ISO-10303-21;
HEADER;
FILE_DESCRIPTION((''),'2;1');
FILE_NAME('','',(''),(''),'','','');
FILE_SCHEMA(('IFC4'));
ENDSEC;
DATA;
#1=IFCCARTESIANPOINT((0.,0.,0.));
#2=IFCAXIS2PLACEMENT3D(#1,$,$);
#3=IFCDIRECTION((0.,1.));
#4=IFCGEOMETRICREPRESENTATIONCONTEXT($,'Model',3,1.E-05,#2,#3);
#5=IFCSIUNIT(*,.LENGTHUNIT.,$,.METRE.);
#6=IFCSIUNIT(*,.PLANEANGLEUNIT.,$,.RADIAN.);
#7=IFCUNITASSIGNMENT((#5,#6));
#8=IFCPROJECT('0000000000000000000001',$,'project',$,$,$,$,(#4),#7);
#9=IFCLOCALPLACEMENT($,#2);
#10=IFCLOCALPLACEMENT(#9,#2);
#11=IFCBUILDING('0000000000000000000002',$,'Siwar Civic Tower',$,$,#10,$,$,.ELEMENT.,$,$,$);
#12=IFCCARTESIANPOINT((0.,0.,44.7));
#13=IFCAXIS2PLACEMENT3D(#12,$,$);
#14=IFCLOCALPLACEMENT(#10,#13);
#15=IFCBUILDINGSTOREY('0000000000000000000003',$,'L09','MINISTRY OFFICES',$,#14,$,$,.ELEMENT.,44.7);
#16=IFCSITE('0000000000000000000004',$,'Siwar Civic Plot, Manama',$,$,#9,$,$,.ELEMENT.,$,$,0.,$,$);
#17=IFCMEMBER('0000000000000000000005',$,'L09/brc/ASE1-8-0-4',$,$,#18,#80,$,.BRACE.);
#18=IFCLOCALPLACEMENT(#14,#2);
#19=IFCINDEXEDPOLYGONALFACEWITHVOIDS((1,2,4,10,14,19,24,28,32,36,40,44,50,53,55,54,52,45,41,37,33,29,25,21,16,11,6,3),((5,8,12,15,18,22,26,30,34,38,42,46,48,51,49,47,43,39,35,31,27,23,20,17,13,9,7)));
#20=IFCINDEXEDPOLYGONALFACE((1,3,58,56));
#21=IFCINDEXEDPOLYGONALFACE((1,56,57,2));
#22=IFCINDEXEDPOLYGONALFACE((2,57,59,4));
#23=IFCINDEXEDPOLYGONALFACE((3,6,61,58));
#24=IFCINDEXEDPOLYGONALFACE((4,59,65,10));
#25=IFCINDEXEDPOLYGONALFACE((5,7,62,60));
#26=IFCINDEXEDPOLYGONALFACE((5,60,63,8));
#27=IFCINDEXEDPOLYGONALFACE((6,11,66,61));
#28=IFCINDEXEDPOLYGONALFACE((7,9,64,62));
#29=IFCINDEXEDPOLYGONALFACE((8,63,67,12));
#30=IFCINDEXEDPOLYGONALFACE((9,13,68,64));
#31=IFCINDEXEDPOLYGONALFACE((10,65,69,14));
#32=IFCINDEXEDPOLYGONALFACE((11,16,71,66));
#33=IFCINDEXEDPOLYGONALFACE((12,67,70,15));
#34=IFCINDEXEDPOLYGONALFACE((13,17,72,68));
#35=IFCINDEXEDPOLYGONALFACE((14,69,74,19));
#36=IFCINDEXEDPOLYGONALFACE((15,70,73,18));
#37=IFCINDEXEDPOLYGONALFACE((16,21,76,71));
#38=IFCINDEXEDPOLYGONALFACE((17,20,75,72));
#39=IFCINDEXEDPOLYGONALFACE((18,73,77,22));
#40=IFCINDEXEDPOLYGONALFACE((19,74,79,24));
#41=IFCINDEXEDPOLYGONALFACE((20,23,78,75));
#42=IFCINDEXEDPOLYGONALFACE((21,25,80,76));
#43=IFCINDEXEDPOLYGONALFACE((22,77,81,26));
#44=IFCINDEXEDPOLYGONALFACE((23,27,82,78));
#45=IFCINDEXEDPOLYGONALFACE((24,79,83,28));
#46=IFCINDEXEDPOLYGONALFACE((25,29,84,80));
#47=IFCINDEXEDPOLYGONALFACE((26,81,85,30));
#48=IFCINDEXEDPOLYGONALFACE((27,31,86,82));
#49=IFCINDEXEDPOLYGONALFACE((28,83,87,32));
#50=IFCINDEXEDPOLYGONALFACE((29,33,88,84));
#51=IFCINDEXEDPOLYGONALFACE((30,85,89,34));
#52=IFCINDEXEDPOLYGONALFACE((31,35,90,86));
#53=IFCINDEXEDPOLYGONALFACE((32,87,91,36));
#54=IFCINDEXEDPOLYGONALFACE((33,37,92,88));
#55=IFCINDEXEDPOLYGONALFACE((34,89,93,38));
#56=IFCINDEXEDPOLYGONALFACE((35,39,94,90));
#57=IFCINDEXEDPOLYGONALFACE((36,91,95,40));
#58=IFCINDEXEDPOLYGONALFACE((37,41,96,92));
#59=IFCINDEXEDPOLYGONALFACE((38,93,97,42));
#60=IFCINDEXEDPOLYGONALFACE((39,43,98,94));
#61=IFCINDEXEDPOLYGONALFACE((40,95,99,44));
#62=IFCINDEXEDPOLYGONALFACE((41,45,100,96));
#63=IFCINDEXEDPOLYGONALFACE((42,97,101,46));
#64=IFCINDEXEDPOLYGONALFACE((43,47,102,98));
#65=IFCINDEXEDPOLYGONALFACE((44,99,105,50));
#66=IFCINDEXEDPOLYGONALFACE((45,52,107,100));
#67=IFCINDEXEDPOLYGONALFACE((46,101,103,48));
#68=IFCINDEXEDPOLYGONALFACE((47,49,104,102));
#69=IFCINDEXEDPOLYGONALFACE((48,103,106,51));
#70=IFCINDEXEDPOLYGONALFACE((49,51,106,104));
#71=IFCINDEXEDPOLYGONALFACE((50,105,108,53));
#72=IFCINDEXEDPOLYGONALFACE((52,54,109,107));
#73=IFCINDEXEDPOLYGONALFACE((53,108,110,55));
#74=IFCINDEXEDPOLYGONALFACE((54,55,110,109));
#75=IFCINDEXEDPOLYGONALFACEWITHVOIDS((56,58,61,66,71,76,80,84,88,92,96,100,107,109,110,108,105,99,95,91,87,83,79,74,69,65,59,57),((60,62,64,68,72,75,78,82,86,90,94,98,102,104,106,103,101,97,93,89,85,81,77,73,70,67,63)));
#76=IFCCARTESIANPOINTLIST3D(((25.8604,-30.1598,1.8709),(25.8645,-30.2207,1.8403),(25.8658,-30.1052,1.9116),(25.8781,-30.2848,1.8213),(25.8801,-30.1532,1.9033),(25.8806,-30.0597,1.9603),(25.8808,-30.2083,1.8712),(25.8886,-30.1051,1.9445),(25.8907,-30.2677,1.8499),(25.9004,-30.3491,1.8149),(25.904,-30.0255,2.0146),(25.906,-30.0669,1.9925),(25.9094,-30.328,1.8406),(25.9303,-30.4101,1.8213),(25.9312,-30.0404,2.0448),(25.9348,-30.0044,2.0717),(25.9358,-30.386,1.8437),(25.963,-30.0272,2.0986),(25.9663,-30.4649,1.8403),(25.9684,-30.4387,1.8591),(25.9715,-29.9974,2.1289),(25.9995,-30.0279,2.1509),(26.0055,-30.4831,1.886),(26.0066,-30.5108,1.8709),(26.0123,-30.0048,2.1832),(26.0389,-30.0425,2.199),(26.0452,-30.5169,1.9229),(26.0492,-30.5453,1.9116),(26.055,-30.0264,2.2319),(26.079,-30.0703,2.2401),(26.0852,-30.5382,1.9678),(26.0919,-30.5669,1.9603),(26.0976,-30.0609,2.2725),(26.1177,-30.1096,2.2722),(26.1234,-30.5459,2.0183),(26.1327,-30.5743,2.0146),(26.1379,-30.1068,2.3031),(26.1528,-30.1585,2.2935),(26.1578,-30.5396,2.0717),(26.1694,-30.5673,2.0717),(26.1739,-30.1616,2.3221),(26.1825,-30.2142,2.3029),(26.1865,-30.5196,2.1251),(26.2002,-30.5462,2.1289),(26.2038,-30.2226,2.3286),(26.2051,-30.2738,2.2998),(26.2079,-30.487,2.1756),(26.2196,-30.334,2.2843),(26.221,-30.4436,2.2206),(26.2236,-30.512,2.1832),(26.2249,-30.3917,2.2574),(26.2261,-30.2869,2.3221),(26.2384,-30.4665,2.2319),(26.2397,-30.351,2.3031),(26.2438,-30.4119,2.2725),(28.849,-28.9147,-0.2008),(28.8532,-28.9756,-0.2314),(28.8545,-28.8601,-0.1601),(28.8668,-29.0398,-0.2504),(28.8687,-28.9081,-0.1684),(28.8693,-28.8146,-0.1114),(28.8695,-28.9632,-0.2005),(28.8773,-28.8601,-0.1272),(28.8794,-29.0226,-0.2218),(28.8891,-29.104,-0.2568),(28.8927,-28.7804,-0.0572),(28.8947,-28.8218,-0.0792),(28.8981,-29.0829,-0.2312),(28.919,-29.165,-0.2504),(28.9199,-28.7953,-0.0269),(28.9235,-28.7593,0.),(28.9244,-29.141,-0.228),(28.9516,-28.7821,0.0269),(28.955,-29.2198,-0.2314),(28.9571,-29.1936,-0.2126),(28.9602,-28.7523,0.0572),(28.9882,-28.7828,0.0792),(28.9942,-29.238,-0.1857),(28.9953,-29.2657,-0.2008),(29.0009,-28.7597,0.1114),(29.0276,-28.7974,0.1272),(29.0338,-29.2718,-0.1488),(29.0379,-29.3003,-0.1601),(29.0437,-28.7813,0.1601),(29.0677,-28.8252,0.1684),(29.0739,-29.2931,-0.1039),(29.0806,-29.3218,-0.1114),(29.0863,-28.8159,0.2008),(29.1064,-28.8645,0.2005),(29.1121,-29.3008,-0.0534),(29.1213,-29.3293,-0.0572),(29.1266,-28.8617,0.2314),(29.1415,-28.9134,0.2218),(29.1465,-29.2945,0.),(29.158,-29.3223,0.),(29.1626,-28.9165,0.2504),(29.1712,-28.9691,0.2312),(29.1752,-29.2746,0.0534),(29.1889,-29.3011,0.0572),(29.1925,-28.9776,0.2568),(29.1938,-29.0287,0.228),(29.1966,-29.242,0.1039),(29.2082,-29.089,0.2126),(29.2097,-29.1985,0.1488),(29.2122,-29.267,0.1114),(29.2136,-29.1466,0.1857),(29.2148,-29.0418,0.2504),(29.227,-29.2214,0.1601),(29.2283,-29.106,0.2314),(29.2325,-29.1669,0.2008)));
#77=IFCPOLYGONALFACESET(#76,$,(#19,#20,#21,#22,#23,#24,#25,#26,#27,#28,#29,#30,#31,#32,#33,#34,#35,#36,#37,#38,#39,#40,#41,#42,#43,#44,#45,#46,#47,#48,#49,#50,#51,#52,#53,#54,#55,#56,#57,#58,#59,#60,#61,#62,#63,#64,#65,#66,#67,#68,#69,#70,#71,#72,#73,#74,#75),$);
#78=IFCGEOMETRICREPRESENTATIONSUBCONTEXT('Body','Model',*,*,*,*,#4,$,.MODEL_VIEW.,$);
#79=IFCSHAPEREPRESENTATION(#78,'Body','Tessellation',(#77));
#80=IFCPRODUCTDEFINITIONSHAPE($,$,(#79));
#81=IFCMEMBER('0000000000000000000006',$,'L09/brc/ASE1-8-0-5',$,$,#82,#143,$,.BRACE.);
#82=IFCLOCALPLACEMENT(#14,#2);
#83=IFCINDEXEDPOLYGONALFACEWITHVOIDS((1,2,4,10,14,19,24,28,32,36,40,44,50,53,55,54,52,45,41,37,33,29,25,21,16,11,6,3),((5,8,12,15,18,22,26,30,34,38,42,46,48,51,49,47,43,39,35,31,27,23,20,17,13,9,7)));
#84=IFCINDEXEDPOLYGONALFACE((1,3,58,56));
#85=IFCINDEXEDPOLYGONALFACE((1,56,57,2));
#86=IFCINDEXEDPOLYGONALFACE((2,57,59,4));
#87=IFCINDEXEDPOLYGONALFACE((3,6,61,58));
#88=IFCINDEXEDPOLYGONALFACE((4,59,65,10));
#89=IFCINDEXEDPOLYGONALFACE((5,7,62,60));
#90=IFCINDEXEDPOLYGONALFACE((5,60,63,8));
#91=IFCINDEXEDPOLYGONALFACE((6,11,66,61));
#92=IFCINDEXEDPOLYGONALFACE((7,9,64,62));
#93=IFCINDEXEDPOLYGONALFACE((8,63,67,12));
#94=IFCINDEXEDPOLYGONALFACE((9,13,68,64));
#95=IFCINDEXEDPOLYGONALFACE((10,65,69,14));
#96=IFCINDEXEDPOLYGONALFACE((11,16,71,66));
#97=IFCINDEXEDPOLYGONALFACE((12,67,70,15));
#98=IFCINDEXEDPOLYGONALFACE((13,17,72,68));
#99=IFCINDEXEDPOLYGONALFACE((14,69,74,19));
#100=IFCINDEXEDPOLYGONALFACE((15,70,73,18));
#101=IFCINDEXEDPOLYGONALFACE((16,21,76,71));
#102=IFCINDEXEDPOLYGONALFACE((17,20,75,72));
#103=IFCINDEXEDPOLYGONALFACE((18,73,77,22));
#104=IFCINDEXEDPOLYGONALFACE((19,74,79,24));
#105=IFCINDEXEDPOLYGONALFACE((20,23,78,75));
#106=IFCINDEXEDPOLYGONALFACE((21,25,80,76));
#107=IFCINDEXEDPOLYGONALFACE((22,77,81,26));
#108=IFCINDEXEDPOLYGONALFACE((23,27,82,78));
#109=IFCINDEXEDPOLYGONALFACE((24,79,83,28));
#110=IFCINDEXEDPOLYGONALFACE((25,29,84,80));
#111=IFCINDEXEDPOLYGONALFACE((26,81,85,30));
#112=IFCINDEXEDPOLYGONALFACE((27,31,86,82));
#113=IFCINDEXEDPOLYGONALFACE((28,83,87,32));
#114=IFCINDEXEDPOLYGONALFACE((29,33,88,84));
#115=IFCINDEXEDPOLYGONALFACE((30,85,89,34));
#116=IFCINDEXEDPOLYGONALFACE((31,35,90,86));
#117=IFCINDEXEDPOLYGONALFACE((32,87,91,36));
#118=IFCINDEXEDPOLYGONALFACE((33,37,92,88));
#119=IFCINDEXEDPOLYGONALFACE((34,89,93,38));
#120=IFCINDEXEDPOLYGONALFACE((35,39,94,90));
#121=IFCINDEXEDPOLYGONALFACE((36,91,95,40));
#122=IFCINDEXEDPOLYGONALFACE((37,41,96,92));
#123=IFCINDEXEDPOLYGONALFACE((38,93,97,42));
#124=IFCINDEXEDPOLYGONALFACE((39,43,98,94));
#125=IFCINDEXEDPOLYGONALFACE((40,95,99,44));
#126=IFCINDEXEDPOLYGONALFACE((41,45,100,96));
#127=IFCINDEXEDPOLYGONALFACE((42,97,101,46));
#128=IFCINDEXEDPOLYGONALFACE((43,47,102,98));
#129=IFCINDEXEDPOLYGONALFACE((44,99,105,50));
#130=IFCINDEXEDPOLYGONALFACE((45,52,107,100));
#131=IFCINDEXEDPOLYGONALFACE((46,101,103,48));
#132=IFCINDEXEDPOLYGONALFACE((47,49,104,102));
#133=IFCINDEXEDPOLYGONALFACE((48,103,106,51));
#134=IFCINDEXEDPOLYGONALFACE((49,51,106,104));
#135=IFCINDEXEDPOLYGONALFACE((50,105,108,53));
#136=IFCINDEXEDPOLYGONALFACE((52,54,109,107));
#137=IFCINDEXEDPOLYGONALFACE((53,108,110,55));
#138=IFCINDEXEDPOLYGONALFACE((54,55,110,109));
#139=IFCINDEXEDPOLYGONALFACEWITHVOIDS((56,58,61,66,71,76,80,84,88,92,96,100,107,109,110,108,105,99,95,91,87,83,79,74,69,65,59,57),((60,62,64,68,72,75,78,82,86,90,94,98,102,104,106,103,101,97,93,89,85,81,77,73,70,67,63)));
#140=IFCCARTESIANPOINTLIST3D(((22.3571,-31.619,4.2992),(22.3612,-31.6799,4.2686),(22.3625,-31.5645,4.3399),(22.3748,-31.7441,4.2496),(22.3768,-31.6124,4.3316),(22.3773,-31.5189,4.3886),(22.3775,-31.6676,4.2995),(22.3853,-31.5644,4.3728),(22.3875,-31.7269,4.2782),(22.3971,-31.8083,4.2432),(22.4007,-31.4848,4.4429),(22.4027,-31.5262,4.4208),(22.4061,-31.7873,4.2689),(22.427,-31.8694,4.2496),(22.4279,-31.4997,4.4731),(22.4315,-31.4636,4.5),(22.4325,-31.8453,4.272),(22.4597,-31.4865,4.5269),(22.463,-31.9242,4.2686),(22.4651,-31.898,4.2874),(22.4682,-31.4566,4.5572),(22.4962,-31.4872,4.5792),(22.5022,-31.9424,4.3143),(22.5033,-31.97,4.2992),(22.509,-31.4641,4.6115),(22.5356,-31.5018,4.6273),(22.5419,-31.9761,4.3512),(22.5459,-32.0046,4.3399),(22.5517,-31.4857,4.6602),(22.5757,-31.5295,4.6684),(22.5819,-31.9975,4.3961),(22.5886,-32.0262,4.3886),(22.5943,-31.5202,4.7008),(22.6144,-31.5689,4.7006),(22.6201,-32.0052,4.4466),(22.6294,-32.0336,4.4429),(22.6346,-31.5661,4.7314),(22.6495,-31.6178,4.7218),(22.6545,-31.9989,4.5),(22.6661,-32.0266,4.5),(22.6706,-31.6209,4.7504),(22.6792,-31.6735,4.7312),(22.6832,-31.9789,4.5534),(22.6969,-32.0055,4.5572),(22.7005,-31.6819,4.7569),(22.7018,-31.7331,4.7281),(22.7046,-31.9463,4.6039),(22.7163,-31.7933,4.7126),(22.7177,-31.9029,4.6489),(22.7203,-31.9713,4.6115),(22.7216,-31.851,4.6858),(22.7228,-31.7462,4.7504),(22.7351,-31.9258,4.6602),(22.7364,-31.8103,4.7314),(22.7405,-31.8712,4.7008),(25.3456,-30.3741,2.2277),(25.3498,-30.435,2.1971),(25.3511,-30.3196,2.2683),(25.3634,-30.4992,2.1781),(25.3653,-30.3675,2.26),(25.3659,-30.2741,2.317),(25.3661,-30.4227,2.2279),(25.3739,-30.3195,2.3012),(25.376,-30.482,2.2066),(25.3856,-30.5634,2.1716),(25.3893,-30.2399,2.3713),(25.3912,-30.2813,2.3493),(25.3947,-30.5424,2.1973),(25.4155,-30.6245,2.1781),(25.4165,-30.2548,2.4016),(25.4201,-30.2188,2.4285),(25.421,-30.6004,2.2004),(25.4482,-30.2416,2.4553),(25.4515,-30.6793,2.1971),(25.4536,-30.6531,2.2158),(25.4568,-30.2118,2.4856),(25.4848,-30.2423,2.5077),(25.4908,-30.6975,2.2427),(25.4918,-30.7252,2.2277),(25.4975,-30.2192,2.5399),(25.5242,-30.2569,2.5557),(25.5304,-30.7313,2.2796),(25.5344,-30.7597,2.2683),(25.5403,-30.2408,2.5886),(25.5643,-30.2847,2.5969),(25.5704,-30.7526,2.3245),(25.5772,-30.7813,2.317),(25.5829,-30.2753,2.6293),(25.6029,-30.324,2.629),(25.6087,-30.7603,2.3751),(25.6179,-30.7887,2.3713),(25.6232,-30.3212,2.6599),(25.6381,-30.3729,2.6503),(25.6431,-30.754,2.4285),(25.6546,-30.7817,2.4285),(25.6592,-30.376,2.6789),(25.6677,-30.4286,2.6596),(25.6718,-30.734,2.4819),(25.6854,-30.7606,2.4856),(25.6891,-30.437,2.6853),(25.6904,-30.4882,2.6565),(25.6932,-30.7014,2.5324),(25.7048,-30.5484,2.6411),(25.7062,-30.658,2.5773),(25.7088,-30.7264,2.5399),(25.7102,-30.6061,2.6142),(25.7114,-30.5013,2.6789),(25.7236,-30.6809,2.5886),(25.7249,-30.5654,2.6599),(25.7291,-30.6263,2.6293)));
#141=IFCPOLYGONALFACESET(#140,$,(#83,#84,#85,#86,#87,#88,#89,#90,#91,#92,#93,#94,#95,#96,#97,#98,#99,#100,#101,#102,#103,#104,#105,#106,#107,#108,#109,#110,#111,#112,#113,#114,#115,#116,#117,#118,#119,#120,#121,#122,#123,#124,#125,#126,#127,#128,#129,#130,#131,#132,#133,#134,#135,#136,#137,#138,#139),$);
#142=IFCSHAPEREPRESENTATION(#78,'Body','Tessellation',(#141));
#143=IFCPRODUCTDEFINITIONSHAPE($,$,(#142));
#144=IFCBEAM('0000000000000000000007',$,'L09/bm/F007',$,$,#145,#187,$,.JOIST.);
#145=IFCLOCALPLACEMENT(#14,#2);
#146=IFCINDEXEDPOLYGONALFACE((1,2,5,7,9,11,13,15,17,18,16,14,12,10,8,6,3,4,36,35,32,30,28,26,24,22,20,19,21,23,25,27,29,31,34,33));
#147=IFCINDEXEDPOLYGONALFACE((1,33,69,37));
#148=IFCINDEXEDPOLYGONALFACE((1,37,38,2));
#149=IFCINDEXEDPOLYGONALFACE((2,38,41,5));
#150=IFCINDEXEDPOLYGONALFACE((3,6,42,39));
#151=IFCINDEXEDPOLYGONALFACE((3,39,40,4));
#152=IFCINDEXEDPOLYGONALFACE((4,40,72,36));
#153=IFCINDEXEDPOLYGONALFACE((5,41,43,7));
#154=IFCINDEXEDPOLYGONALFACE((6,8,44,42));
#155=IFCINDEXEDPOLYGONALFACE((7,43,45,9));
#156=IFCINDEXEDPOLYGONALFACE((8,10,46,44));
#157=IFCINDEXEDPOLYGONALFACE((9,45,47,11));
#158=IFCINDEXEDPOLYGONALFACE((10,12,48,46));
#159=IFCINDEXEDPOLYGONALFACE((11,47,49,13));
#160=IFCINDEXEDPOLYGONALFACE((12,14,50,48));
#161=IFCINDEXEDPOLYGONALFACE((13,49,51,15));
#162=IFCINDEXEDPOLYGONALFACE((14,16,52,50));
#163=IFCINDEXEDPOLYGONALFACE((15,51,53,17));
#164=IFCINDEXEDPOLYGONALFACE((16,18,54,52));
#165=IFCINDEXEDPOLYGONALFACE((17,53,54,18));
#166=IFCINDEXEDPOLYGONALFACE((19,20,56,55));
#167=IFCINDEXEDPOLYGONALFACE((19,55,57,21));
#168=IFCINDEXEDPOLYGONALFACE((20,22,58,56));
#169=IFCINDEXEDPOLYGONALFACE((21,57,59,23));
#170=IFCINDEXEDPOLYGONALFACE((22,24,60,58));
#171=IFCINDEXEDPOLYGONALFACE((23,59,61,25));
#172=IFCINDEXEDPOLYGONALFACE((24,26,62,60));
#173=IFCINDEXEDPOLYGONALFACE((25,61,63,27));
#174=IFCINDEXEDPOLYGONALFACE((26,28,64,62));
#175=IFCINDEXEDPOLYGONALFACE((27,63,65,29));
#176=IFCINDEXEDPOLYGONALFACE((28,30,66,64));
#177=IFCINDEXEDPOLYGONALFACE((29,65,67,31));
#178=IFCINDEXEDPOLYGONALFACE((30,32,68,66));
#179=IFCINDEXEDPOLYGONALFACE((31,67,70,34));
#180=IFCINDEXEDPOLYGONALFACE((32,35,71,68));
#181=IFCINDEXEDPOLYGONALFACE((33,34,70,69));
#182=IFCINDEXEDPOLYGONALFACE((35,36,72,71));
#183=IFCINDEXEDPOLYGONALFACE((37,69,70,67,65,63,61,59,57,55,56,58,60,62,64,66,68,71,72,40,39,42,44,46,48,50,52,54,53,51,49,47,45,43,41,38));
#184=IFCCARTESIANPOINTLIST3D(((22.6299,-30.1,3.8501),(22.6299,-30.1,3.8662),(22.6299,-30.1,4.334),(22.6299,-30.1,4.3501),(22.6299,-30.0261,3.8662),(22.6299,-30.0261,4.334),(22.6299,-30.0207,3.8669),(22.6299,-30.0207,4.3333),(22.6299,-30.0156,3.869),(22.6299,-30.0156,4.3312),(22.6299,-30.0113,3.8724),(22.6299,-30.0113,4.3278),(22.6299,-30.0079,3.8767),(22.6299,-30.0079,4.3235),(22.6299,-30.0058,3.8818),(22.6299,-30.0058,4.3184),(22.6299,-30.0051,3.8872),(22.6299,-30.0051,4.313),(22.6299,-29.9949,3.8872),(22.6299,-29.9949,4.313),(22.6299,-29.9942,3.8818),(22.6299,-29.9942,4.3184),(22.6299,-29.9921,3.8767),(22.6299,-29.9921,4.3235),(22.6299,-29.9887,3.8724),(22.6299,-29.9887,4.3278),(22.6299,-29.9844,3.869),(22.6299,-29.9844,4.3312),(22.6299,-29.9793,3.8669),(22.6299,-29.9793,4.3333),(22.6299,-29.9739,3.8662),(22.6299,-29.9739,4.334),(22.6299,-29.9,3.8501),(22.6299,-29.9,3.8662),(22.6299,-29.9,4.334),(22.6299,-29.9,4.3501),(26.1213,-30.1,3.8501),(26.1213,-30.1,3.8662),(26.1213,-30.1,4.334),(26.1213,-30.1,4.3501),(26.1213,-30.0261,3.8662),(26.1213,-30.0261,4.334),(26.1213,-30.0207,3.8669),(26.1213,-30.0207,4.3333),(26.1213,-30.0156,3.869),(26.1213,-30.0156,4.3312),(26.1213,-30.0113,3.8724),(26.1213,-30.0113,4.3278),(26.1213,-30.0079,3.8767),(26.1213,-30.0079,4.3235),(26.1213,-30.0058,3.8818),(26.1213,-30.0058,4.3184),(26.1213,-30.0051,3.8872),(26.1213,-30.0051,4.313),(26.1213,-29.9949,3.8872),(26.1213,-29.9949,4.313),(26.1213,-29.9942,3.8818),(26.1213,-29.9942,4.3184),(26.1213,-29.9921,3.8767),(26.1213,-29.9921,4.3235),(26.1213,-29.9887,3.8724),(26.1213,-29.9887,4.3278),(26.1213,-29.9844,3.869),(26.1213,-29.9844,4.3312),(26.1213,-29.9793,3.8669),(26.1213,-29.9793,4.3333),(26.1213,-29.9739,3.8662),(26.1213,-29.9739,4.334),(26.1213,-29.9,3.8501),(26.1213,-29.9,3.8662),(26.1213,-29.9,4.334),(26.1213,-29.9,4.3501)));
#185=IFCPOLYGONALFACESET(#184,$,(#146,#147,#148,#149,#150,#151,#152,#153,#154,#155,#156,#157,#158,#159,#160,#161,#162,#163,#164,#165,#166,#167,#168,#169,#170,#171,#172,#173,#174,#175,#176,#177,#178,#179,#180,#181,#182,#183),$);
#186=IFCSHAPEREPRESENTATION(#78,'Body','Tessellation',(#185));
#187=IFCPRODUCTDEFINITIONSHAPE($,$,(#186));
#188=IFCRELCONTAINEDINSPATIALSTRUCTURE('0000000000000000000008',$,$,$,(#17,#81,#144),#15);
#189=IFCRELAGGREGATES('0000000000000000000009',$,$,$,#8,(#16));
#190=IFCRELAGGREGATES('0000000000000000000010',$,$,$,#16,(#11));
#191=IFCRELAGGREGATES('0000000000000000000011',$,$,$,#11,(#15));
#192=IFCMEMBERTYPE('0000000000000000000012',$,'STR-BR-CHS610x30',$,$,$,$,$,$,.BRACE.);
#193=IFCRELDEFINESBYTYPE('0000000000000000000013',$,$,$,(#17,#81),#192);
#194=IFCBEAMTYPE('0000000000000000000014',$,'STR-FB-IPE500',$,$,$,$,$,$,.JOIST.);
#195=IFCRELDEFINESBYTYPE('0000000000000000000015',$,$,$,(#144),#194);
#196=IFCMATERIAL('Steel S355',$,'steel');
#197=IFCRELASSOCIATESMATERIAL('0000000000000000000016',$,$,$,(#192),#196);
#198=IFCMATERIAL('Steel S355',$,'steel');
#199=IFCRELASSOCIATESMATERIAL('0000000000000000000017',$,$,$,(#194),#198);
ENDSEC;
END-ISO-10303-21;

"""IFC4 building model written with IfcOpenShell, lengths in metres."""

from ifc_helpers import new_model, si_unit, direction, frame, origin, origin_2d, place, context, subcontext, project, spatial, hollow_circle, i_section, extrude, material, material_profile, profile_set, type_object, element, save


model = new_model("IFC4")

# Units and contexts
model_context = context("Model", 3, precision=1e-05, world=origin(), true_north=direction((0.0, 1.0)))
body_context = subcontext(model_context, "Body", "Model", "MODEL_VIEW")
ifc_project = project(units=[si_unit("LENGTHUNIT", "METRE"), si_unit("PLANEANGLEUNIT", "RADIAN")], contexts=[model_context])

# Site, building, storey
site_placement = place(None, origin())
site = spatial("IfcSite", under=ifc_project, at=site_placement, Name="Siwar Civic Plot, Manama", CompositionType="ELEMENT", RefElevation=0.0)
building_placement = place(site_placement, origin())
building = spatial("IfcBuilding", under=site, at=building_placement, Name="Siwar Civic Tower", CompositionType="ELEMENT")
storey_placement = place(building_placement, frame((0.0, 0.0, 44.7)))
storey = spatial("IfcBuildingStorey", under=building, at=storey_placement, Name="L09", Description="MINISTRY OFFICES", CompositionType="ELEMENT", Elevation=44.7)

# Members
ifc_material_1 = material(Name="Steel S355", Category="steel")
ifc_material_profile_1 = material_profile(ifc_material_1, hollow_circle(Radius=0.3049, WallThickness=0.03, at=origin_2d()), Name="CHS610x30")
ifc_profile_set_1 = profile_set([ifc_material_profile_1], Name="Steel S355")
member_type_1 = type_object("IfcMemberType", Name="STR-BR-CHS610x30", PredefinedType="BRACE", material=ifc_profile_set_1)
member_1_placement = place(storey_placement, frame((29.0408, -29.0408, 0.0), z_axis=(-0.777542, -0.323923, 0.538982), x_axis=(0.384562, -0.923099, 0.0)))
element("IfcMember", 1, at=member_1_placement, inside=storey, type_object=member_type_1, Name="L09/brc/ASE1-8-0-4", PredefinedType="BRACE", context=body_context, shape_type="SweptSolid", body=[
    extrude(hollow_circle(Radius=0.3049, WallThickness=0.03, at=origin_2d()), origin(), (0.0, 0.0, 1.0), 3.8438),
])
member_2_placement = place(storey_placement, frame((25.5374, -30.5002, 2.4285), z_axis=(-0.77756, -0.323893, 0.538975), x_axis=(0.384524, -0.923115, 0.0)))
element("IfcMember", 2, at=member_2_placement, inside=storey, type_object=member_type_1, Name="L09/brc/ASE1-8-0-5", PredefinedType="BRACE", context=body_context, shape_type="SweptSolid", body=[
    extrude(hollow_circle(Radius=0.3049, WallThickness=0.03, at=origin_2d()), origin(), (0.0, 0.0, 1.0), 3.8435),
])

# Beam
ifc_material_2 = material(Name="Steel S355", Category="steel")
ifc_material_profile_2 = material_profile(ifc_material_2, i_section(OverallWidth=0.2, OverallDepth=0.5, WebThickness=0.0103, FlangeThickness=0.0161, FilletRadius=0.021, at=origin_2d()), Name="IPE500")
ifc_profile_set_2 = profile_set([ifc_material_profile_2], Name="Steel S355")
beam_type_1 = type_object("IfcBeamType", Name="STR-FB-IPE500", PredefinedType="JOIST", material=ifc_profile_set_2)
beam_1_placement = place(storey_placement, frame((22.6299, -30.0, 4.1001), z_axis=(1.0, 0.0, 0.0), x_axis=(0.0, 1.0, 0.0)))
element("IfcBeam", 3, at=beam_1_placement, inside=storey, type_object=beam_type_1, Name="L09/bm/F007", PredefinedType="JOIST", context=body_context, shape_type="SweptSolid", body=[
    extrude(i_section(OverallWidth=0.2, OverallDepth=0.5, WebThickness=0.0103, FlangeThickness=0.0161, FilletRadius=0.021, at=origin_2d()), origin(), (0.0, 0.0, 1.0), 3.4915),
])

save(model, "model.ifc")
